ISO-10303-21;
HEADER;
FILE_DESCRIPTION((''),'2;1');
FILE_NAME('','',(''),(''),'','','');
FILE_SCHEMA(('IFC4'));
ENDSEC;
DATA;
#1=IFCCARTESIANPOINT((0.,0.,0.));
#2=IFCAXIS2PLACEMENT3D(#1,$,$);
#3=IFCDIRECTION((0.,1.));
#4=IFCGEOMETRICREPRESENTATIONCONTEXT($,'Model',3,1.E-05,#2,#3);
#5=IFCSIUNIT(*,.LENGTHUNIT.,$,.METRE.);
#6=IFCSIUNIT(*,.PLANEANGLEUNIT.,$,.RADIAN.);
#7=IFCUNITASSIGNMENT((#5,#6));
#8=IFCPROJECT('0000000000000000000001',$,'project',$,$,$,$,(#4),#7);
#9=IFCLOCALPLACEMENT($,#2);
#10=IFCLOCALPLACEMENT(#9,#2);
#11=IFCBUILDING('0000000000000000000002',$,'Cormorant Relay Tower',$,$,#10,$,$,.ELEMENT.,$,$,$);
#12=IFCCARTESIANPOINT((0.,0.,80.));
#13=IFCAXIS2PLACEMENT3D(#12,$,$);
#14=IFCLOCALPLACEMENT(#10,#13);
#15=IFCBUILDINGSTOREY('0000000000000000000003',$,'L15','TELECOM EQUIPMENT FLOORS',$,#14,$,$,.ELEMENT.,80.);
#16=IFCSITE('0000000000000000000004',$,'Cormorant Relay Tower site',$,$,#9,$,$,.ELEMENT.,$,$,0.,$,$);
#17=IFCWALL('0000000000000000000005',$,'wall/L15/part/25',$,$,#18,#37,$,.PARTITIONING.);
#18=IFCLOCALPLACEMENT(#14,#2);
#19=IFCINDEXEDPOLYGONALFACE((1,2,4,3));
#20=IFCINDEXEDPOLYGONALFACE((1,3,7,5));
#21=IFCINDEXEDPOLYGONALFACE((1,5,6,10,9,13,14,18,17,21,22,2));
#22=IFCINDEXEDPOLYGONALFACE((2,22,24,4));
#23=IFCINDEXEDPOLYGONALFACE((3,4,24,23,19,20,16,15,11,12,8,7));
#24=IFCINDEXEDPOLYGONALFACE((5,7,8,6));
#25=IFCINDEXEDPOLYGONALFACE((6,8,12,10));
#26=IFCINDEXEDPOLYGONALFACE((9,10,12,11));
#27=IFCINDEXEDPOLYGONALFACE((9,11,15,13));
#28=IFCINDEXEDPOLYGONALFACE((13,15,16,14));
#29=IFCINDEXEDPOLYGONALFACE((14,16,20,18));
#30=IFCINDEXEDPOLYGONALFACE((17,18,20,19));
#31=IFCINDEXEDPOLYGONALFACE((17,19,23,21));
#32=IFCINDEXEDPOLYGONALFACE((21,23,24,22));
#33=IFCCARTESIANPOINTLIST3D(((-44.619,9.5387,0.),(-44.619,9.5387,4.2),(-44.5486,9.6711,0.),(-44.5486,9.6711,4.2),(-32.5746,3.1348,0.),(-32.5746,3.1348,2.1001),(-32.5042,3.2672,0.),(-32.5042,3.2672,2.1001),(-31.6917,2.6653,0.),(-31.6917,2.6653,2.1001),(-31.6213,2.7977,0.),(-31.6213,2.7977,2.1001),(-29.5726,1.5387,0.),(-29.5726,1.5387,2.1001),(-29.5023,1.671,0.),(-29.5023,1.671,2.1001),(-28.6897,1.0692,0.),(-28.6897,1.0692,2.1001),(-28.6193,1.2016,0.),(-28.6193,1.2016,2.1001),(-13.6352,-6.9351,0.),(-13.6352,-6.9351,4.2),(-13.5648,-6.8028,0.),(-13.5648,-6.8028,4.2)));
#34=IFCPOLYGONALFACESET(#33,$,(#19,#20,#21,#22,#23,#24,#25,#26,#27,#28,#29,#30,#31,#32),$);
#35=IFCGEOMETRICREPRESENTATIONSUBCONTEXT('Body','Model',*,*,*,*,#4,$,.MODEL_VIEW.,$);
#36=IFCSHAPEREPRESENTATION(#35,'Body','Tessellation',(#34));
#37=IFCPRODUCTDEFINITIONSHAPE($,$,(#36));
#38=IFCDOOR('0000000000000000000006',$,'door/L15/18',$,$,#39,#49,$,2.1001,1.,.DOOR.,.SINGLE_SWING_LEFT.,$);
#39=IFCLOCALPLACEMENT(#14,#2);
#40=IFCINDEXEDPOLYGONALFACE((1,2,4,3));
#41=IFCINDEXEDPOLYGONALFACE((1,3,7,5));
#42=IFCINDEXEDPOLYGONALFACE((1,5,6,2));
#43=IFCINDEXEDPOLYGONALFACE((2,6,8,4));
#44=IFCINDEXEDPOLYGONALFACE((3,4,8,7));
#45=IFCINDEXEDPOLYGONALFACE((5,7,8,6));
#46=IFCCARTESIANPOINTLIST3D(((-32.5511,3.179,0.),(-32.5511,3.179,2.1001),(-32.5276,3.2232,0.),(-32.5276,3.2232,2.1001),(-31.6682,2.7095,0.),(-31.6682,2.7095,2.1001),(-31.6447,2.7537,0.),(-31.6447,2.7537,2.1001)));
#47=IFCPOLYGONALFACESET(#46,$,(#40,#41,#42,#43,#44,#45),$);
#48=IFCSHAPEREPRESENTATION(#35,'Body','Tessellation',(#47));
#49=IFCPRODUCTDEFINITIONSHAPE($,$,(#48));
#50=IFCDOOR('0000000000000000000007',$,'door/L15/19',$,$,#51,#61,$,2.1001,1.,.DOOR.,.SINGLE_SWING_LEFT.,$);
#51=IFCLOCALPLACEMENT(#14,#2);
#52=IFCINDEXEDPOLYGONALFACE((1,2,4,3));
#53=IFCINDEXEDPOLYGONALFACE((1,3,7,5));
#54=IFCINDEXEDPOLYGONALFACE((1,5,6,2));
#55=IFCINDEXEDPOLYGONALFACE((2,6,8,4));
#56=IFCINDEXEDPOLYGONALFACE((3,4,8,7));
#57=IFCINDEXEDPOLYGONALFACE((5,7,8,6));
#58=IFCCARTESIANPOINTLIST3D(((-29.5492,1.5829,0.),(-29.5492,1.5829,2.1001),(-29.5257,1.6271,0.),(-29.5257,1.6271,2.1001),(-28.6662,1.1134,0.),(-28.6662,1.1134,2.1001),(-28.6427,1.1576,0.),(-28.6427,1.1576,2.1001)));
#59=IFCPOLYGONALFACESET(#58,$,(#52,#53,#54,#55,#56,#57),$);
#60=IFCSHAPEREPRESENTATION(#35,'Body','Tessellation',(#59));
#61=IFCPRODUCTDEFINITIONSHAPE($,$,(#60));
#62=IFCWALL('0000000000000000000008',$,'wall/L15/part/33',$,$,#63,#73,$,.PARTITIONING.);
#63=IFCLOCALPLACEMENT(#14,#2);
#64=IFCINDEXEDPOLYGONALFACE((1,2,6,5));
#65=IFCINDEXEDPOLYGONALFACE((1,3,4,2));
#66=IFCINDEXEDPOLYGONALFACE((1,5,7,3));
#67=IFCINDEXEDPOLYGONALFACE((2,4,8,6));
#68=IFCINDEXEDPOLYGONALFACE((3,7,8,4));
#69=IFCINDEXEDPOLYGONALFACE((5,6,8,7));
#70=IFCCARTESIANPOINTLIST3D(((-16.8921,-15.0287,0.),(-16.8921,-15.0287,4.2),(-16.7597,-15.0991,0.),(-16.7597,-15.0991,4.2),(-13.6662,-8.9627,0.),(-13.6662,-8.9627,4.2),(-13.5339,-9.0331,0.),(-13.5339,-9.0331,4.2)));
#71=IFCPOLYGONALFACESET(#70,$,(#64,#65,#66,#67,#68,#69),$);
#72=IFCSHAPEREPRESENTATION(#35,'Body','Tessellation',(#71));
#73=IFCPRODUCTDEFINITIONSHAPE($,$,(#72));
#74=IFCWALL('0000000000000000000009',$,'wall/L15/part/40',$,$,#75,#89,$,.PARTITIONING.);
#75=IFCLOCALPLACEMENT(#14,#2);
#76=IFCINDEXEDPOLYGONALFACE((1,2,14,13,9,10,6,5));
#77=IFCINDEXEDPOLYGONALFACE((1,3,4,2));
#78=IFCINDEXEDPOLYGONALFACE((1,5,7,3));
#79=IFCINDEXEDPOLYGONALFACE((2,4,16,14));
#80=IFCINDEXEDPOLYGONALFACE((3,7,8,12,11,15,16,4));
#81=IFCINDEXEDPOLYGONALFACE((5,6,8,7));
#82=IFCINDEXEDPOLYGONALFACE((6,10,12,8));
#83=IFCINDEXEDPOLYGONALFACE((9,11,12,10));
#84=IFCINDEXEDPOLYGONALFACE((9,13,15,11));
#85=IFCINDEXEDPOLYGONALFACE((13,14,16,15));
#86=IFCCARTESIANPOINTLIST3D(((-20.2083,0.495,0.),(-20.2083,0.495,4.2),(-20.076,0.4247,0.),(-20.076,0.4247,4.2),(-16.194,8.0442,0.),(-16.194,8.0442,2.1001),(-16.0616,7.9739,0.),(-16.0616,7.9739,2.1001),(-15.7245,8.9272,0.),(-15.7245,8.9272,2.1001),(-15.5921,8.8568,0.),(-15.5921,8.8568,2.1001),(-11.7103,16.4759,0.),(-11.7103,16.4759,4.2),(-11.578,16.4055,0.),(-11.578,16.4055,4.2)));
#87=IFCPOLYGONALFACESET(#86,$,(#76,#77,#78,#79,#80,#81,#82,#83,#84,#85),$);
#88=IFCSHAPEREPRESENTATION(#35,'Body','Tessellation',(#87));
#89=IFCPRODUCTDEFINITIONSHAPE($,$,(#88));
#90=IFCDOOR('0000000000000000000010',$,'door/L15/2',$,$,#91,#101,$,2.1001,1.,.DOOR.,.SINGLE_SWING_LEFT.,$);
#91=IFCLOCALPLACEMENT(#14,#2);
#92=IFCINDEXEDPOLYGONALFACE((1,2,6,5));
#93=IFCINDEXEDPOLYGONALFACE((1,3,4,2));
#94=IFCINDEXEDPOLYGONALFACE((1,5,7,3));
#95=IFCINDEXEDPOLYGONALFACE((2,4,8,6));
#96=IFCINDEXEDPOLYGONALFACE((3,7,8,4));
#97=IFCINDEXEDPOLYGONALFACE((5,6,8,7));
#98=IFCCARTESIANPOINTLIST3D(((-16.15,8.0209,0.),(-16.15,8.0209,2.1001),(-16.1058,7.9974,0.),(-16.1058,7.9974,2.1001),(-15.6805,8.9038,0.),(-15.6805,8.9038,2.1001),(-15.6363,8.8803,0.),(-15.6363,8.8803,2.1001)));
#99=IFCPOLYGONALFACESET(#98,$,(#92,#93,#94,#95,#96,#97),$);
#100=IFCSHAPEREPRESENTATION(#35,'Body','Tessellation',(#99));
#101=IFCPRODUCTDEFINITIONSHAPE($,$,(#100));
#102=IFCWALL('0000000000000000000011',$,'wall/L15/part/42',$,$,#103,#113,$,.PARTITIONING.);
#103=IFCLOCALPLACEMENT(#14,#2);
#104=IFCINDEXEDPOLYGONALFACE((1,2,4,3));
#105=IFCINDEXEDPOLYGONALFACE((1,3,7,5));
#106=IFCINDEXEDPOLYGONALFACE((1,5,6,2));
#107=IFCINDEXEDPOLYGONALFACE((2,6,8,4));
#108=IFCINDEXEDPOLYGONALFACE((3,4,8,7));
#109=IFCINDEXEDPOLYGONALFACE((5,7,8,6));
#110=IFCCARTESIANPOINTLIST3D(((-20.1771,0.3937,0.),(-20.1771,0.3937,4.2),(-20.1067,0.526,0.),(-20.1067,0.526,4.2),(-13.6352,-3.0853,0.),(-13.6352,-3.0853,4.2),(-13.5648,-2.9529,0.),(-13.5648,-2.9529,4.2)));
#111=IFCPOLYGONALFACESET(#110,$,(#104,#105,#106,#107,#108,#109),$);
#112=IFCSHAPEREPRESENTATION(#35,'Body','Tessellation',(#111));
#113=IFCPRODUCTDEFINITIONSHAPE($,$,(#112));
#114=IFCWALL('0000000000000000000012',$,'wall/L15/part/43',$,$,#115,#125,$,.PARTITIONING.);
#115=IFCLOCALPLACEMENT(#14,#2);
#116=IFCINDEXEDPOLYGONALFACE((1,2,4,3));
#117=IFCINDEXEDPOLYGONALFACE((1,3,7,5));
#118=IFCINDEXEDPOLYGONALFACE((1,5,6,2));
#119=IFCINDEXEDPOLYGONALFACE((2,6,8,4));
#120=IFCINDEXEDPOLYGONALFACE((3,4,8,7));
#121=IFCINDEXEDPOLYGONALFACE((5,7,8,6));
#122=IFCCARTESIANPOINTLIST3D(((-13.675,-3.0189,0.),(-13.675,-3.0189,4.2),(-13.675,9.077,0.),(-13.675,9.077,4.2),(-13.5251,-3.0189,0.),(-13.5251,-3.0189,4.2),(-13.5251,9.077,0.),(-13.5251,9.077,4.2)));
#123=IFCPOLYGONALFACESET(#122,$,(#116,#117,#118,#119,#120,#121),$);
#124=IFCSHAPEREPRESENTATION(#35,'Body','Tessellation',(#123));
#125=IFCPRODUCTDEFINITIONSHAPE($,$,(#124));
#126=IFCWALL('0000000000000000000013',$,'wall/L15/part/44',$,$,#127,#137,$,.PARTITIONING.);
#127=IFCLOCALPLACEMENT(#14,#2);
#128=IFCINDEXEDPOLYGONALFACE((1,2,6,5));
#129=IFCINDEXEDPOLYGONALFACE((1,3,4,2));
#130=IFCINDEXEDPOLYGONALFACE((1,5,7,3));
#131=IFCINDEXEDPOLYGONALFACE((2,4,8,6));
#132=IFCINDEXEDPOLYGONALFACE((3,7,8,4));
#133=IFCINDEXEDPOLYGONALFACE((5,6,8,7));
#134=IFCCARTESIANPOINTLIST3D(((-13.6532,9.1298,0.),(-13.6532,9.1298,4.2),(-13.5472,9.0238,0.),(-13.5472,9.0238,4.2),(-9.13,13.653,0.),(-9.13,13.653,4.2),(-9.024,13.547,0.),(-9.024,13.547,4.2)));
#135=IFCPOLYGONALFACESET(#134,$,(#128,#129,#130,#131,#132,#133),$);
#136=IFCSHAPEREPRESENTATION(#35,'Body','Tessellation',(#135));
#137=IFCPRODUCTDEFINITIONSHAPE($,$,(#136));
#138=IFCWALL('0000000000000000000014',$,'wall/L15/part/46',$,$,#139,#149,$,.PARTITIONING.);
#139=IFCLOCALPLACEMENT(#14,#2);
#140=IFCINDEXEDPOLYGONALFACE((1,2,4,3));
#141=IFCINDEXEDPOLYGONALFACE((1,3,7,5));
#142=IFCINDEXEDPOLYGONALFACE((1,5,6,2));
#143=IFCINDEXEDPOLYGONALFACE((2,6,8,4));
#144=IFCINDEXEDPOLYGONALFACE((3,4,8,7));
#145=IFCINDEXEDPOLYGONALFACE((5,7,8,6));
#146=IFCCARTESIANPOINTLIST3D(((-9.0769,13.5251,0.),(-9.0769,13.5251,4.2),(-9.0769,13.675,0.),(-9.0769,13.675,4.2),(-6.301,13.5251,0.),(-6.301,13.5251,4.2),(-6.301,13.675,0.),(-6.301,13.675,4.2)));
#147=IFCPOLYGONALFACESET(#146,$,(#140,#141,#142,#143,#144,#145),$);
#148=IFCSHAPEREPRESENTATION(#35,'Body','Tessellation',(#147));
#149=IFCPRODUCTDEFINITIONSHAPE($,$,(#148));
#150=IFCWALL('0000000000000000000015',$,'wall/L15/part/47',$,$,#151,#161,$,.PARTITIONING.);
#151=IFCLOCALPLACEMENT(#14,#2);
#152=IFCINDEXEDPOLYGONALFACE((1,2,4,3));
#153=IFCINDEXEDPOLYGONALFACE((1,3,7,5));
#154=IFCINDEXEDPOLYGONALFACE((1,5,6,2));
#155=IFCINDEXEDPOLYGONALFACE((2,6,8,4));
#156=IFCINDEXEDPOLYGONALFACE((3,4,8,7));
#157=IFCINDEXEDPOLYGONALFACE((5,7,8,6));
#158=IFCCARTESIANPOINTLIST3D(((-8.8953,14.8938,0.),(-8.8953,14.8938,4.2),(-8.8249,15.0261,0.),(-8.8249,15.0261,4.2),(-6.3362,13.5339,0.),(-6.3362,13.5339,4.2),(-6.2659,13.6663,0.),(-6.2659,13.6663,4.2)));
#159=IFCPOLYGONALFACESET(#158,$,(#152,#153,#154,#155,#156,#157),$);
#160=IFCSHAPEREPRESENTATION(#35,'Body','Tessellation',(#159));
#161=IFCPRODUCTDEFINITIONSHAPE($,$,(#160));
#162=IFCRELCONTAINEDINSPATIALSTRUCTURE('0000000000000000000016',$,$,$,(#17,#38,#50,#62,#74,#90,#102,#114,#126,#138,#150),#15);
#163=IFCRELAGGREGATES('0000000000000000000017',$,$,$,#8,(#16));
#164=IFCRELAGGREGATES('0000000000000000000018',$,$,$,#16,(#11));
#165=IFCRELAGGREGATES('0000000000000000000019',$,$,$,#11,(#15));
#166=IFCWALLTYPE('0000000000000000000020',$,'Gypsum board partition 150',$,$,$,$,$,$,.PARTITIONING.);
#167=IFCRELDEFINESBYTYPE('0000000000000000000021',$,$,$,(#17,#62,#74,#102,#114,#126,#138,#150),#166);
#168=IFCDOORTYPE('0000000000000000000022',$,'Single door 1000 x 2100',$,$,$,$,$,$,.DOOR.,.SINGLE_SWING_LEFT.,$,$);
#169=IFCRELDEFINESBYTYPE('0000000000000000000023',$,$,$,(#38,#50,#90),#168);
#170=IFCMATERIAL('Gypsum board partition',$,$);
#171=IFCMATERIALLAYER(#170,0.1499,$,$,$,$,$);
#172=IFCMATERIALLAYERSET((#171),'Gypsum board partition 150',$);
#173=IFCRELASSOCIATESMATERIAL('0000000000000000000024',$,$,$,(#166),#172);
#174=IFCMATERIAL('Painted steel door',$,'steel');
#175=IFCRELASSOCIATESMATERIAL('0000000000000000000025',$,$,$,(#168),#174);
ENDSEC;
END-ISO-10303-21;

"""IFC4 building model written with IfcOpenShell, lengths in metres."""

from ifc_helpers import new_model, si_unit, direction, frame, frame_2d, origin, place, context, subcontext, project, spatial, rectangle, extrude, material, layer, layer_set, type_object, element, fill, save


model = new_model("IFC4")

# Units and contexts
model_context = context("Model", 3, precision=1e-05, world=origin(), true_north=direction((0.0, 1.0)))
body_context = subcontext(model_context, "Body", "Model", "MODEL_VIEW")
ifc_project = project(units=[si_unit("LENGTHUNIT", "METRE"), si_unit("PLANEANGLEUNIT", "RADIAN")], contexts=[model_context])

# Site, building, storey
site_placement = place(None, origin())
site = spatial("IfcSite", under=ifc_project, at=site_placement, Name="Cormorant Relay Tower site", CompositionType="ELEMENT", RefElevation=0.0)
building_placement = place(site_placement, origin())
building = spatial("IfcBuilding", under=site, at=building_placement, Name="Cormorant Relay Tower", CompositionType="ELEMENT")
storey_placement = place(building_placement, frame((0.0, 0.0, 80.0)))
storey = spatial("IfcBuildingStorey", under=building, at=storey_placement, Name="L15", Description="TELECOM EQUIPMENT FLOORS", CompositionType="ELEMENT", Elevation=80.0)

# Shared definitions
ifc_material_1 = material(Name="Gypsum board partition")
ifc_layer_1 = layer(ifc_material_1, 0.1499)
ifc_layer_set_1 = layer_set([ifc_layer_1], Name="Gypsum board partition 150")
wall_type_1 = type_object("IfcWallType", Name="Gypsum board partition 150", PredefinedType="PARTITIONING", material=ifc_layer_set_1)

# Wall, openings, doors
wall_1_placement = place(storey_placement, frame((-13.6001, -6.8689, 0.0), z_axis=(0.0, 0.0, 1.0), x_axis=(-0.882954, 0.469459, 0.0)))
wall_1 = element("IfcWall", 1, at=wall_1_placement, inside=storey, type_object=wall_type_1, Name="wall/L15/part/25", PredefinedType="PARTITIONING", context=body_context, shape_type="SweptSolid", body=[
    extrude(rectangle(XDim=35.0911, YDim=0.1499, at=frame_2d((17.5454, 0.0))), origin(), (0.0, 0.0, 1.0), 4.2),
])
opening_1_placement = place(wall_1_placement, frame((20.45, 0.0, 0.0)))
opening_1 = element("IfcOpeningElement", 2, at=opening_1_placement, cuts=wall_1, PredefinedType="OPENING", context=body_context, shape_type="SweptSolid", body=[
    extrude(rectangle(XDim=1.0, YDim=2.1001, at=frame_2d((0.5, 1.05))), frame((0.0, 0.085, 0.0), z_axis=(0.0, -1.0, 0.0), x_axis=(1.0, 0.0, 0.0)), (0.0, 0.0, 1.0), 0.1699),
])
opening_2_placement = place(wall_1_placement, frame((17.05, 0.0, 0.0)))
opening_2 = element("IfcOpeningElement", 3, at=opening_2_placement, cuts=wall_1, PredefinedType="OPENING", context=body_context, shape_type="SweptSolid", body=[
    extrude(rectangle(XDim=1.0, YDim=2.1001, at=frame_2d((0.5, 1.05))), frame((0.0, 0.085, 0.0), z_axis=(0.0, -1.0, 0.0), x_axis=(1.0, 0.0, 0.0)), (0.0, 0.0, 1.0), 0.1699),
])
ifc_material_2 = material(Name="Painted steel door", Category="steel")
door_type_1 = type_object("IfcDoorType", Name="Single door 1000 x 2100", OperationType="SINGLE_SWING_LEFT", PredefinedType="DOOR", material=ifc_material_2)
door_1_placement = place(opening_1_placement, origin())
door_1 = element("IfcDoor", 4, at=door_1_placement, inside=storey, type_object=door_type_1, Name="door/L15/18", OperationType="SINGLE_SWING_LEFT", OverallHeight=2.1001, OverallWidth=1.0, PredefinedType="DOOR", context=body_context, shape_type="SweptSolid", body=[
    extrude(rectangle(XDim=1.0, YDim=2.1001, at=frame_2d((0.5, 1.05))), frame((0.0, 0.0249, 0.0), z_axis=(0.0, -1.0, 0.0), x_axis=(1.0, 0.0, 0.0)), (0.0, 0.0, 1.0), 0.05),
])
fill(opening_1, door_1)
door_2_placement = place(opening_2_placement, origin())
door_2 = element("IfcDoor", 5, at=door_2_placement, inside=storey, type_object=door_type_1, Name="door/L15/19", OperationType="SINGLE_SWING_LEFT", OverallHeight=2.1001, OverallWidth=1.0, PredefinedType="DOOR", context=body_context, shape_type="SweptSolid", body=[
    extrude(rectangle(XDim=1.0, YDim=2.1001, at=frame_2d((0.5, 1.05))), frame((0.0, 0.0249, 0.0), z_axis=(0.0, -1.0, 0.0), x_axis=(1.0, 0.0, 0.0)), (0.0, 0.0, 1.0), 0.05),
])
fill(opening_2, door_2)

# Wall
wall_2_placement = place(storey_placement, frame((-13.6001, -8.998, 0.0), z_axis=(0.0, 0.0, 1.0), x_axis=(-0.469531, -0.882916, 0.0)))
element("IfcWall", 6, at=wall_2_placement, inside=storey, type_object=wall_type_1, Name="wall/L15/part/33", PredefinedType="PARTITIONING", context=body_context, shape_type="SweptSolid", body=[
    extrude(rectangle(XDim=6.8704, YDim=0.1499, at=frame_2d((3.4351, 0.0))), origin(), (0.0, 0.0, 1.0), 4.2),
])

# Wall, opening, door
wall_3_placement = place(storey_placement, frame((-20.1421, 0.46, 0.0), z_axis=(0.0, 0.0, 1.0), x_axis=(0.469507, 0.882929, 0.0)))
wall_3 = element("IfcWall", 7, at=wall_3_placement, inside=storey, type_object=wall_type_1, Name="wall/L15/part/40", PredefinedType="PARTITIONING", context=body_context, shape_type="SweptSolid", body=[
    extrude(rectangle(XDim=18.0999, YDim=0.1499, at=frame_2d((9.0498, 0.0))), origin(), (0.0, 0.0, 1.0), 4.2),
])
opening_3_placement = place(wall_3_placement, frame((8.55, 0.0, 0.0)))
opening_3 = element("IfcOpeningElement", 8, at=opening_3_placement, cuts=wall_3, PredefinedType="OPENING", context=body_context, shape_type="SweptSolid", body=[
    extrude(rectangle(XDim=1.0, YDim=2.1001, at=frame_2d((0.5, 1.05))), frame((0.0, 0.085, 0.0), z_axis=(0.0, -1.0, 0.0), x_axis=(1.0, 0.0, 0.0)), (0.0, 0.0, 1.0), 0.1699),
])
door_3_placement = place(opening_3_placement, frame((1.0, 0.0, 0.0), z_axis=(0.0, 0.0, 1.0), x_axis=(-1.0, 0.0, 0.0)))
door_3 = element("IfcDoor", 9, at=door_3_placement, inside=storey, type_object=door_type_1, Name="door/L15/2", OperationType="SINGLE_SWING_LEFT", OverallHeight=2.1001, OverallWidth=1.0, PredefinedType="DOOR", context=body_context, shape_type="SweptSolid", body=[
    extrude(rectangle(XDim=1.0, YDim=2.1001, at=frame_2d((0.5, 1.05))), frame((0.0, 0.0249, 0.0), z_axis=(0.0, -1.0, 0.0), x_axis=(1.0, 0.0, 0.0)), (0.0, 0.0, 1.0), 0.05),
])
fill(opening_3, door_3)

# Walls
wall_4_placement = place(storey_placement, frame((-13.6001, -3.019, 0.0), z_axis=(0.0, 0.0, 1.0), x_axis=(-0.882916, 0.469531, 0.0)))
element("IfcWall", 10, at=wall_4_placement, inside=storey, type_object=wall_type_1, Name="wall/L15/part/42", PredefinedType="PARTITIONING", context=body_context, shape_type="SweptSolid", body=[
    extrude(rectangle(XDim=7.4094, YDim=0.1499, at=frame_2d((3.7046, 0.0))), origin(), (0.0, 0.0, 1.0), 4.2),
])
wall_5_placement = place(storey_placement, frame((-13.6001, 9.0769, 0.0), z_axis=(0.0, 0.0, 1.0), x_axis=(0.0, -1.0, 0.0)))
element("IfcWall", 11, at=wall_5_placement, inside=storey, type_object=wall_type_1, Name="wall/L15/part/43", PredefinedType="PARTITIONING", context=body_context, shape_type="SweptSolid", body=[
    extrude(rectangle(XDim=12.0959, YDim=0.1499, at=frame_2d((6.0479, 0.0))), origin(), (0.0, 0.0, 1.0), 4.2),
])
wall_6_placement = place(storey_placement, frame((-13.6001, 9.0769, 0.0), z_axis=(0.0, 0.0, 1.0), x_axis=(0.707107, 0.707107, 0.0)))
element("IfcWall", 12, at=wall_6_placement, inside=storey, type_object=wall_type_1, Name="wall/L15/part/44", PredefinedType="PARTITIONING", context=body_context, shape_type="SweptSolid", body=[
    extrude(rectangle(XDim=6.3967, YDim=0.1499, at=frame_2d((3.1982, 0.0))), origin(), (0.0, 0.0, 1.0), 4.2),
])
wall_7_placement = place(storey_placement, frame((-6.301, 13.6001, 0.0), z_axis=(0.0, 0.0, 1.0), x_axis=(-1.0, 0.0, 0.0)))
element("IfcWall", 13, at=wall_7_placement, inside=storey, type_object=wall_type_1, Name="wall/L15/part/46", PredefinedType="PARTITIONING", context=body_context, shape_type="SweptSolid", body=[
    extrude(rectangle(XDim=2.7759, YDim=0.1499, at=frame_2d((1.3879, 0.0))), origin(), (0.0, 0.0, 1.0), 4.2),
])
wall_8_placement = place(storey_placement, frame((-6.301, 13.6001, 0.0), z_axis=(0.0, 0.0, 1.0), x_axis=(-0.883066, 0.46925, 0.0)))
element("IfcWall", 14, at=wall_8_placement, inside=storey, type_object=wall_type_1, Name="wall/L15/part/47", PredefinedType="PARTITIONING", context=body_context, shape_type="SweptSolid", body=[
    extrude(rectangle(XDim=2.8979, YDim=0.1499, at=frame_2d((1.449, 0.0))), origin(), (0.0, 0.0, 1.0), 4.2),
])

save(model, "model.ifc")
